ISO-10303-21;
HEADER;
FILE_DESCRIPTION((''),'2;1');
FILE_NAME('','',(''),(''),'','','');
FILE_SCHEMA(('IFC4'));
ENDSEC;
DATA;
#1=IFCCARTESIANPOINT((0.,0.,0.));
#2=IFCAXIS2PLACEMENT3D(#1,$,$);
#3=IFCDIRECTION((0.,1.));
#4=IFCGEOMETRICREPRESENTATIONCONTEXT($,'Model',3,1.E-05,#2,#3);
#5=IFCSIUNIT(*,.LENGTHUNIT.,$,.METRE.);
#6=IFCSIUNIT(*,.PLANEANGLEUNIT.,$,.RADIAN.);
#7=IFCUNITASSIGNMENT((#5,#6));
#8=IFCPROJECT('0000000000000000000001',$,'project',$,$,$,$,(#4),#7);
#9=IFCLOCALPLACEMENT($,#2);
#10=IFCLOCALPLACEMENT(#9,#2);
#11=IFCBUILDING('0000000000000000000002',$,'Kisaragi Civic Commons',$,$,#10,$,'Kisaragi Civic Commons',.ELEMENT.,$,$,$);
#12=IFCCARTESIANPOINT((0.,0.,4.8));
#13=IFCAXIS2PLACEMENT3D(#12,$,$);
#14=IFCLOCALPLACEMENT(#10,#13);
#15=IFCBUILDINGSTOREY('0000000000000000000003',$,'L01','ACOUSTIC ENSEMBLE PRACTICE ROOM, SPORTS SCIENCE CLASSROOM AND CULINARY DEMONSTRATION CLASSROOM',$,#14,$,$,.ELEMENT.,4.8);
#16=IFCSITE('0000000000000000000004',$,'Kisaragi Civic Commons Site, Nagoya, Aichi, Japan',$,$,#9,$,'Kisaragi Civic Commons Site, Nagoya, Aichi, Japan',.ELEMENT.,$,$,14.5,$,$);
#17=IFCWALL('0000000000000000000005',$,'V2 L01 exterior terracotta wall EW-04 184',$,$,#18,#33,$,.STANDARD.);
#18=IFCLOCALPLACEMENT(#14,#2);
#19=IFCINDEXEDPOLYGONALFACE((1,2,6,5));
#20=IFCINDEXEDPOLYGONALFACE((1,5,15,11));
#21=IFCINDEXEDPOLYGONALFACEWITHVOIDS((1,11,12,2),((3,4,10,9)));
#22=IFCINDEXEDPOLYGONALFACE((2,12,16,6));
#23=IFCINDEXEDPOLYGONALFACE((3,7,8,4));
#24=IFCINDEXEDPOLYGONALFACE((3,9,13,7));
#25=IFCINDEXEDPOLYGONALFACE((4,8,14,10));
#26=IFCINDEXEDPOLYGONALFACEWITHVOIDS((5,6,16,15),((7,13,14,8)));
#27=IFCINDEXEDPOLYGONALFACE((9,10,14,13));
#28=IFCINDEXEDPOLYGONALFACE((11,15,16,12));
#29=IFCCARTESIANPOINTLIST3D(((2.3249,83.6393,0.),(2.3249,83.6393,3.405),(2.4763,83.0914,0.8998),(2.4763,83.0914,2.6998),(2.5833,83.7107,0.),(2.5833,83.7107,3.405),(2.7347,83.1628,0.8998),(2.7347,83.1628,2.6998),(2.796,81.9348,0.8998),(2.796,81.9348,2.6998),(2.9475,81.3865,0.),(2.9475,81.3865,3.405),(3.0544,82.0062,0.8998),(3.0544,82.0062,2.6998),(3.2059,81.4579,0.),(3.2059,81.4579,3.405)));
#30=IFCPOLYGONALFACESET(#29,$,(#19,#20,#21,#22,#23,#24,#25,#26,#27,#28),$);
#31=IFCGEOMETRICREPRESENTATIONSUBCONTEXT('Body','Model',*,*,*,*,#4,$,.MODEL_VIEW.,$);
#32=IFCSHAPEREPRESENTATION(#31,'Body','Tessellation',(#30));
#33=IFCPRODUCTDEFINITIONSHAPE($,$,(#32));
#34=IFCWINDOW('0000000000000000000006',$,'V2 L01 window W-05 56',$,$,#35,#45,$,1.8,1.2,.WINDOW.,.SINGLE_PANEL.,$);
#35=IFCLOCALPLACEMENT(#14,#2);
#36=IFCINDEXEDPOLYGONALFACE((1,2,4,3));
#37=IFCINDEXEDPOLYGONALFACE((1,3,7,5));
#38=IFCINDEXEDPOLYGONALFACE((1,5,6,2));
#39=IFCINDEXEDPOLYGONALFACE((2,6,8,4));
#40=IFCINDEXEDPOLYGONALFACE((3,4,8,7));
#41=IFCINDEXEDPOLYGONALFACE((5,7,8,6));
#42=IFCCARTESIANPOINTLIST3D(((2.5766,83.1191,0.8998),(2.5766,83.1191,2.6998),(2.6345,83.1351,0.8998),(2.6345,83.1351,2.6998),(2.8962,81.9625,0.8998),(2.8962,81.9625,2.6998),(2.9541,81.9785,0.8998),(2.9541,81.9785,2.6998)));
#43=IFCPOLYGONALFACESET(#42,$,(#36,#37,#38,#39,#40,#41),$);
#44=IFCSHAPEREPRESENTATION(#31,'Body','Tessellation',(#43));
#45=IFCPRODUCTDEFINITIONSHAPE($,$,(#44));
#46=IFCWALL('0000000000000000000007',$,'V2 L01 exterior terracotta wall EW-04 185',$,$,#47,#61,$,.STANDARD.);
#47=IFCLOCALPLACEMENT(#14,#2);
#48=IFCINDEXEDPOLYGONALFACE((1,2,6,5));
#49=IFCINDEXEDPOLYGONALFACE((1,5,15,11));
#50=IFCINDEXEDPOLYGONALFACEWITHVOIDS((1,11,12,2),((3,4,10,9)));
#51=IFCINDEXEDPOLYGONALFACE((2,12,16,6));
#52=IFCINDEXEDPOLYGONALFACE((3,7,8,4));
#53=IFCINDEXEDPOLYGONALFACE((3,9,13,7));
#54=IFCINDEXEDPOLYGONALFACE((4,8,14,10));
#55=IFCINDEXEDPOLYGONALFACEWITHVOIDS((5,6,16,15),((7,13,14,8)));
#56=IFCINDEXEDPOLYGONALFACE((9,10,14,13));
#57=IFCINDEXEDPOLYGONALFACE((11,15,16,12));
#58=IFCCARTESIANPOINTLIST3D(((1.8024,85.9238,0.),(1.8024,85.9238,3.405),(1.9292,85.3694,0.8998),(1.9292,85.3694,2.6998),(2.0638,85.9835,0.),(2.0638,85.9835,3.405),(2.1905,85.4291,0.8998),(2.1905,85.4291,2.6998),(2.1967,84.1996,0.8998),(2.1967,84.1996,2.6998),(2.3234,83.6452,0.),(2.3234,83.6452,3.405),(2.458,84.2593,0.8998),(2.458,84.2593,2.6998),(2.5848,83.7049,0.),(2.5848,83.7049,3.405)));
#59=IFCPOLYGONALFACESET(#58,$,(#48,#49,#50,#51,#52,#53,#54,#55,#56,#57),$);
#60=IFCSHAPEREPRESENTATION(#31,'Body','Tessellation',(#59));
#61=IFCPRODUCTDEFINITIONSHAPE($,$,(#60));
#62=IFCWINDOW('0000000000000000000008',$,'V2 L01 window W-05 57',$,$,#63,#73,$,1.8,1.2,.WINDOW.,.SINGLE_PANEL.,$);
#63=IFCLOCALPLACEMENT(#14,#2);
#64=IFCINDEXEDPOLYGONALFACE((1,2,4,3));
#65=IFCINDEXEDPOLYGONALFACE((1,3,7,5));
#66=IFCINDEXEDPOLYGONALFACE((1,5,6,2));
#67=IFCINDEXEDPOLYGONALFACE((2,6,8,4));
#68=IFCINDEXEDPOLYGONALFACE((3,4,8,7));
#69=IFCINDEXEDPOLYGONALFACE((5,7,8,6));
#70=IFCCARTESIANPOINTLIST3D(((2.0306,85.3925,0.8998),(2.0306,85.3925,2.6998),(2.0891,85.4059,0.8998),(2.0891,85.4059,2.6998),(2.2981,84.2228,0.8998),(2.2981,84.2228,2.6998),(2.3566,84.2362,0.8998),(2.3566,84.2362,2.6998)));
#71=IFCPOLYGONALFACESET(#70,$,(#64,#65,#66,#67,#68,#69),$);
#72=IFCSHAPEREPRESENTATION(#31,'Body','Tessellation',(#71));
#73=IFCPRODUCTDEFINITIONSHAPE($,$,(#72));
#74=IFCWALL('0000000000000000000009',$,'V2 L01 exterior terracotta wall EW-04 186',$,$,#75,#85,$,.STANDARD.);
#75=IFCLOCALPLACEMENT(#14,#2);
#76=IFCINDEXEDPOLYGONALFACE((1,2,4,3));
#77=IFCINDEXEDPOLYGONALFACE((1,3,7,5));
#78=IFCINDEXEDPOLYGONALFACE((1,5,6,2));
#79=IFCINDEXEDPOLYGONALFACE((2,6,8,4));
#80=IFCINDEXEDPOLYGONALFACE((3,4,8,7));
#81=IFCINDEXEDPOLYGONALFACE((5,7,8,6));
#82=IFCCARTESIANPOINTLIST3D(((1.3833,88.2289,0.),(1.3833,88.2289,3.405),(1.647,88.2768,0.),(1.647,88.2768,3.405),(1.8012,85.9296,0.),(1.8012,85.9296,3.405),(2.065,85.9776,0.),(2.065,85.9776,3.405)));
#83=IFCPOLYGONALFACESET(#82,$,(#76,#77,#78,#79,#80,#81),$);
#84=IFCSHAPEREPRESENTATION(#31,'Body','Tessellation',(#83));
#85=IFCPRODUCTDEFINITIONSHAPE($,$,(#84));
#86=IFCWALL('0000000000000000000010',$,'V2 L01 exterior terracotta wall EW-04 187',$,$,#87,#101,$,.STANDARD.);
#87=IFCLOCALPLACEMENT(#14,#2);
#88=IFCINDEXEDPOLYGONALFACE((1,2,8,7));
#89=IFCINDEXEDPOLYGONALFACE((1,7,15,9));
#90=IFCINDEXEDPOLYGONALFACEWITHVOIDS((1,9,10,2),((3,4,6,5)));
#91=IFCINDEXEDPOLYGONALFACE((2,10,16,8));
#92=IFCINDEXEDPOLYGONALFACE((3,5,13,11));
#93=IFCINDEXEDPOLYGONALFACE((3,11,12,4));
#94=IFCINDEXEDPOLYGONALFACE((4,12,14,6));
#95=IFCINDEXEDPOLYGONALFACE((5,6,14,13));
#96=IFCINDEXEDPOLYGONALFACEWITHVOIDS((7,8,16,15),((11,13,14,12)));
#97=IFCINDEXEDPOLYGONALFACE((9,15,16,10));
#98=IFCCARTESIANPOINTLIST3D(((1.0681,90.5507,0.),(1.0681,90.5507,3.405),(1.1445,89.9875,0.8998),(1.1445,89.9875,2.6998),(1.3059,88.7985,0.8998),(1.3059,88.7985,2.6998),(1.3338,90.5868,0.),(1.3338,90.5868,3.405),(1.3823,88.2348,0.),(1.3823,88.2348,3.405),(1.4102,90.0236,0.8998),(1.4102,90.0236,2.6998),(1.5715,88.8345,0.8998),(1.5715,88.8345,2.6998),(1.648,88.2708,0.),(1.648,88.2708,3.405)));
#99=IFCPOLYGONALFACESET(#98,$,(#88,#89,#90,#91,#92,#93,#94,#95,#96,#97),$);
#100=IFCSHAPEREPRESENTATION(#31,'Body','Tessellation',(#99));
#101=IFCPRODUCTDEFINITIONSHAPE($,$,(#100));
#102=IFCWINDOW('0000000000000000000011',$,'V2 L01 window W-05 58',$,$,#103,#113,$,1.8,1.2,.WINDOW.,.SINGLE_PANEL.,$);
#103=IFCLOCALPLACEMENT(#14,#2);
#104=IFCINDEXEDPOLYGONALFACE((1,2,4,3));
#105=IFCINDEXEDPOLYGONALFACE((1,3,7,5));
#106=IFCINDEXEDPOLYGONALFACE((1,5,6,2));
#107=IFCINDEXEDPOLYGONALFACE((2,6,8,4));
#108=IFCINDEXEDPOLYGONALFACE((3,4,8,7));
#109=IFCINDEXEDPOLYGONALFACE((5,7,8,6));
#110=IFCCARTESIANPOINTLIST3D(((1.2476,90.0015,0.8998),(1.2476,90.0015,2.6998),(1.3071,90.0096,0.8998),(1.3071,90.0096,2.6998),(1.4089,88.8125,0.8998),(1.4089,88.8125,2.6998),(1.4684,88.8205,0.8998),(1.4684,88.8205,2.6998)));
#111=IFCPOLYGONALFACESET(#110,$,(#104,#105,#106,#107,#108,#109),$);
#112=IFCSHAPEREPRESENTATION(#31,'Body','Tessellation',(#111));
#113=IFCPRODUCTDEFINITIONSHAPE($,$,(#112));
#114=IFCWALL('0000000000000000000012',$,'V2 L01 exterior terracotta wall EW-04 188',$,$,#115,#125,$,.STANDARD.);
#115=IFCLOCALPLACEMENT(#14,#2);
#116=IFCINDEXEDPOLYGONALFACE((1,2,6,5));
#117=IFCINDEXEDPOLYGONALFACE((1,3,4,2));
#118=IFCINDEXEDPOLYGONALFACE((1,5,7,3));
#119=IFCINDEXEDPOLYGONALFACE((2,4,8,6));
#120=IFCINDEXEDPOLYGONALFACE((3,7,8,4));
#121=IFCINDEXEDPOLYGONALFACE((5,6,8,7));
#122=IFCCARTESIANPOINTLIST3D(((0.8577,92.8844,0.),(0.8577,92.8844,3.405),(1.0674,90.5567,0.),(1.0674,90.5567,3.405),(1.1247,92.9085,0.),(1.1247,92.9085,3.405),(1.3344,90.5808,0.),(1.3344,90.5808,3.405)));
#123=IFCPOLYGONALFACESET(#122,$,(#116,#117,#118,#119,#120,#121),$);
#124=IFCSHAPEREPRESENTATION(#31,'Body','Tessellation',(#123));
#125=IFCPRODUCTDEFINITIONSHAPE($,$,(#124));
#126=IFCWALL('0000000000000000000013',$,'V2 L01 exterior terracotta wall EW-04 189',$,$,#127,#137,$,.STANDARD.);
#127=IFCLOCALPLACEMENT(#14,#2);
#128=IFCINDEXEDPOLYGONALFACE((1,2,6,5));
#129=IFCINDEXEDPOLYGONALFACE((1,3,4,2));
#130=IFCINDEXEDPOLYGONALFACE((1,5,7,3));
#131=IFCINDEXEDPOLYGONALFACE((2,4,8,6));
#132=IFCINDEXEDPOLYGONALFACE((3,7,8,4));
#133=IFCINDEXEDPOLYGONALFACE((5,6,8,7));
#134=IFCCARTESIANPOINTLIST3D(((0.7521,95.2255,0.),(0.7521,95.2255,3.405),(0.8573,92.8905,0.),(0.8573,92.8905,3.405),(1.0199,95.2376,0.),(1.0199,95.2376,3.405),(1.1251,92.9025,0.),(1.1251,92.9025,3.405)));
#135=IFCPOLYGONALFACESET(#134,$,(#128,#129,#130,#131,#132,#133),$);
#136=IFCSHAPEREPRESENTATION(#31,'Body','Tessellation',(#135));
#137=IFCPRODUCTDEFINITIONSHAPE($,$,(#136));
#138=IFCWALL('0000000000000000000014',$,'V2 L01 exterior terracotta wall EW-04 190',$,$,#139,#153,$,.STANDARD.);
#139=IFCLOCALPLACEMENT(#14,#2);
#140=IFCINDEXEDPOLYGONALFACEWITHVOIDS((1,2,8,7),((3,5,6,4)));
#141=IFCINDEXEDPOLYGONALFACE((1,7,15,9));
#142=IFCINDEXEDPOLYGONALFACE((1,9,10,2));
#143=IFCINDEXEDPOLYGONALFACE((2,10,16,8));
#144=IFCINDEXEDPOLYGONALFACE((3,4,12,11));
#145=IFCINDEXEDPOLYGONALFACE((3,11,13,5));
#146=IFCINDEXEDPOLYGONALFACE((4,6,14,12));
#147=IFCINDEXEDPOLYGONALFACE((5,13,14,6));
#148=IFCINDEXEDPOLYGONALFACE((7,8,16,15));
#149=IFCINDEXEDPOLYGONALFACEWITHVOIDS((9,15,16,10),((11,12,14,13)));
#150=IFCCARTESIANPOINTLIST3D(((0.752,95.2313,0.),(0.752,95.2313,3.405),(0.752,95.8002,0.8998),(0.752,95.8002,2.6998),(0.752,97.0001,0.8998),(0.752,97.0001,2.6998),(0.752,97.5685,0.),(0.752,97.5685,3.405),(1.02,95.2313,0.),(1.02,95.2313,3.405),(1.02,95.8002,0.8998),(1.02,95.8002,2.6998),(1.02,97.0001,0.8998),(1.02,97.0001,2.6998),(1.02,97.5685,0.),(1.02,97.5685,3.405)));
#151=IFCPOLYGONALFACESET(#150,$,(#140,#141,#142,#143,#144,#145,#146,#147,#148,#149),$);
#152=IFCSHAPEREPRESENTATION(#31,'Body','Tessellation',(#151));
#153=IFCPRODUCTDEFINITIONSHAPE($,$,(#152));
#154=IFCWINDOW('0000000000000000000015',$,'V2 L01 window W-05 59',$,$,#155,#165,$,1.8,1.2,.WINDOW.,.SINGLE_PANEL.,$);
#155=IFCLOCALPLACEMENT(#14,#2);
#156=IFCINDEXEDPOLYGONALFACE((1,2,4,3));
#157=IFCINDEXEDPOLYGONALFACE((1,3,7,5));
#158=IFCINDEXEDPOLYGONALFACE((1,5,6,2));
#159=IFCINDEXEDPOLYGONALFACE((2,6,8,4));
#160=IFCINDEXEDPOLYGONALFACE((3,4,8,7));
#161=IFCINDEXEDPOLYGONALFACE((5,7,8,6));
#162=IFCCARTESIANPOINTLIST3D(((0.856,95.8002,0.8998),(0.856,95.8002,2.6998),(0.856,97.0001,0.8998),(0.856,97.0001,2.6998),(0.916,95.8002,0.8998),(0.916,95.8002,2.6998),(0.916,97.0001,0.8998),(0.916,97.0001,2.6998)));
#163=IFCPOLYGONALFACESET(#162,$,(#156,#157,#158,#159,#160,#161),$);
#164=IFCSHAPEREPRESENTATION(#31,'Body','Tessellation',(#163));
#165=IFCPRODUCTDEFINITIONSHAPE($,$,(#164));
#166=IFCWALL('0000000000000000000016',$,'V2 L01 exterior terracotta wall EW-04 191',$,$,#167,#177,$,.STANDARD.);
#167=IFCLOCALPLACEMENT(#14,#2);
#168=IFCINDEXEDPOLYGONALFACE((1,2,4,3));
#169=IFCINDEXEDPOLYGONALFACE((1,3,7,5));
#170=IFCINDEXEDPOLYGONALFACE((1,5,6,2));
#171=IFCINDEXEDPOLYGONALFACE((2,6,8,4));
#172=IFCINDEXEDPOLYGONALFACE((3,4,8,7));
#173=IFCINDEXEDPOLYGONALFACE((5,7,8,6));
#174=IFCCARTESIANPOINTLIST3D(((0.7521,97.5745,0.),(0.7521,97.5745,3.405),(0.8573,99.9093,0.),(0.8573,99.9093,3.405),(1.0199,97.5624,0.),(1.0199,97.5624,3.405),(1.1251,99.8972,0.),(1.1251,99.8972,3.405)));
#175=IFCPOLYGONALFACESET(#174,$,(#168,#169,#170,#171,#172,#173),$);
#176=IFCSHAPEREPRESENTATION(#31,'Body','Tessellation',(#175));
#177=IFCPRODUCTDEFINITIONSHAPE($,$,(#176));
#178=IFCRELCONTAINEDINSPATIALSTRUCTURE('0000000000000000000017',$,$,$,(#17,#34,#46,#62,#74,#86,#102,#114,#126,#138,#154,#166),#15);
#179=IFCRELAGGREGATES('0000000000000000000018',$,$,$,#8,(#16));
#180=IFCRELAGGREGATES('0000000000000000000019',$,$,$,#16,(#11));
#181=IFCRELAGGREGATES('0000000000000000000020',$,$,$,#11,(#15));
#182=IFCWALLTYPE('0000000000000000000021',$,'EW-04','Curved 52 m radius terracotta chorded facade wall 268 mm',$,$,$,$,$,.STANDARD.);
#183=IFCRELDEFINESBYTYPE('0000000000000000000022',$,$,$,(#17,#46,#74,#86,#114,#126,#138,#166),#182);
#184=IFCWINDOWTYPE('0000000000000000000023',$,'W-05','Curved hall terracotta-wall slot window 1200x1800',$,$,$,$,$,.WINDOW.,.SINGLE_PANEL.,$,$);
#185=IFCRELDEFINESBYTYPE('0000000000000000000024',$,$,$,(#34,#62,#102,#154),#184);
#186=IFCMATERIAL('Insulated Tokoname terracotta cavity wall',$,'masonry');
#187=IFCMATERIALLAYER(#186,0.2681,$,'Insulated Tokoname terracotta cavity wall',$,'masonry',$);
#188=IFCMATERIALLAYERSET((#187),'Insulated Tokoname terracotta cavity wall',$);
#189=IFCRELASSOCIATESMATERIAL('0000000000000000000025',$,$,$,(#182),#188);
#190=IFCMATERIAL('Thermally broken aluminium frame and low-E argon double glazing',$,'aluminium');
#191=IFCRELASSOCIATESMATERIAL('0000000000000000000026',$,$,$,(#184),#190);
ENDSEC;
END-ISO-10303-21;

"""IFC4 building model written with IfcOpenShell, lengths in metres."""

from ifc_helpers import new_model, si_unit, direction, frame, frame_2d, origin, place, context, subcontext, project, spatial, rectangle, extrude, material, layer, layer_set, type_object, element, fill, save


model = new_model("IFC4")

# Units and contexts
model_context = context("Model", 3, precision=1e-05, world=origin(), true_north=direction((0.0, 1.0)))
body_context = subcontext(model_context, "Body", "Model", "MODEL_VIEW")
ifc_project = project(units=[si_unit("LENGTHUNIT", "METRE"), si_unit("PLANEANGLEUNIT", "RADIAN")], contexts=[model_context])

# Site, building, storey
site_placement = place(None, origin())
site = spatial("IfcSite", under=ifc_project, at=site_placement, Name="Kisaragi Civic Commons Site, Nagoya, Aichi, Japan", LongName="Kisaragi Civic Commons Site, Nagoya, Aichi, Japan", CompositionType="ELEMENT", RefElevation=14.5)
building_placement = place(site_placement, origin())
building = spatial("IfcBuilding", under=site, at=building_placement, Name="Kisaragi Civic Commons", LongName="Kisaragi Civic Commons", CompositionType="ELEMENT")
storey_placement = place(building_placement, frame((0.0, 0.0, 4.8)))
storey = spatial("IfcBuildingStorey", under=building, at=storey_placement, Name="L01", Description="ACOUSTIC ENSEMBLE PRACTICE ROOM, SPORTS SCIENCE CLASSROOM AND CULINARY DEMONSTRATION CLASSROOM", CompositionType="ELEMENT", Elevation=4.8)

# Walls, openings, windows
ifc_material_1 = material(Name="Insulated Tokoname terracotta cavity wall", Category="masonry")
ifc_layer_1 = layer(ifc_material_1, 0.2681, Name="Insulated Tokoname terracotta cavity wall", Category="masonry")
ifc_layer_set_1 = layer_set([ifc_layer_1], Name="Insulated Tokoname terracotta cavity wall")
wall_type_1 = type_object("IfcWallType", Name="EW-04", Description="Curved 52 m radius terracotta chorded facade wall 268 mm", PredefinedType="STANDARD", material=ifc_layer_set_1)
wall_1_placement = place(storey_placement, frame((3.0767, 81.4224, 0.0), z_axis=(0.0, 0.0, 1.0), x_axis=(-0.266378, 0.963869, 0.0)))
wall_1 = element("IfcWall", 1, at=wall_1_placement, inside=storey, type_object=wall_type_1, Name="V2 L01 exterior terracotta wall EW-04 184", PredefinedType="STANDARD", context=body_context, shape_type="SweptSolid", body=[
    extrude(rectangle(XDim=2.3372, YDim=0.2681, at=frame_2d((1.1685, 0.0))), origin(), (0.0, 0.0, 1.0), 3.405),
])
opening_1_placement = place(wall_1_placement, frame((0.5686, 0.0, 0.8999)))
opening_1 = element("IfcOpeningElement", 2, at=opening_1_placement, cuts=wall_1, PredefinedType="OPENING", context=body_context, shape_type="SweptSolid", body=[
    extrude(rectangle(XDim=1.2, YDim=1.8, at=frame_2d((0.6001, 0.8999))), frame((0.0, 0.144, 0.0), z_axis=(0.0, -1.0, 0.0), x_axis=(1.0, 0.0, 0.0)), (0.0, 0.0, 1.0), 0.2881),
])
ifc_material_2 = material(Name="Thermally broken aluminium frame and low-E argon double glazing", Category="aluminium")
window_type = type_object("IfcWindowType", Name="W-05", Description="Curved hall terracotta-wall slot window 1200x1800", PartitioningType="SINGLE_PANEL", PredefinedType="WINDOW", material=ifc_material_2)
window_1_placement = place(opening_1_placement, origin())
window_1 = element("IfcWindow", 3, at=window_1_placement, inside=storey, type_object=window_type, Name="V2 L01 window W-05 56", OverallHeight=1.8, OverallWidth=1.2, PartitioningType="SINGLE_PANEL", PredefinedType="WINDOW", context=body_context, shape_type="SweptSolid", body=[
    extrude(rectangle(XDim=1.2, YDim=1.8, at=frame_2d((0.6001, 0.8999))), frame((0.0, 0.03, 0.0), z_axis=(0.0, -1.0, 0.0), x_axis=(1.0, 0.0, 0.0)), (0.0, 0.0, 1.0), 0.0601),
])
fill(opening_1, window_1)
wall_2_placement = place(storey_placement, frame((2.4541, 83.675, 0.0), z_axis=(0.0, 0.0, 1.0), x_axis=(-0.222899, 0.974842, 0.0)))
wall_2 = element("IfcWall", 4, at=wall_2_placement, inside=storey, type_object=wall_type_1, Name="V2 L01 exterior terracotta wall EW-04 185", PredefinedType="STANDARD", context=body_context, shape_type="SweptSolid", body=[
    extrude(rectangle(XDim=2.3374, YDim=0.2681, at=frame_2d((1.1687, 0.0))), origin(), (0.0, 0.0, 1.0), 3.405),
])
opening_2_placement = place(wall_2_placement, frame((0.5686, 0.0, 0.8999)))
opening_2 = element("IfcOpeningElement", 5, at=opening_2_placement, cuts=wall_2, PredefinedType="OPENING", context=body_context, shape_type="SweptSolid", body=[
    extrude(rectangle(XDim=1.2, YDim=1.8, at=frame_2d((0.6001, 0.8999))), frame((0.0, 0.144, 0.0), z_axis=(0.0, -1.0, 0.0), x_axis=(1.0, 0.0, 0.0)), (0.0, 0.0, 1.0), 0.2881),
])
window_2_placement = place(opening_2_placement, origin())
window_2 = element("IfcWindow", 6, at=window_2_placement, inside=storey, type_object=window_type, Name="V2 L01 window W-05 57", OverallHeight=1.8, OverallWidth=1.2, PartitioningType="SINGLE_PANEL", PredefinedType="WINDOW", context=body_context, shape_type="SweptSolid", body=[
    extrude(rectangle(XDim=1.2, YDim=1.8, at=frame_2d((0.6001, 0.8999))), frame((0.0, 0.03, 0.0), z_axis=(0.0, -1.0, 0.0), x_axis=(1.0, 0.0, 0.0)), (0.0, 0.0, 1.0), 0.0601),
])
fill(opening_2, window_2)

# Wall
wall_3_placement = place(storey_placement, frame((1.9331, 85.9536, 0.0), z_axis=(0.0, 0.0, 1.0), x_axis=(-0.178849, 0.983877, 0.0)))
element("IfcWall", 7, at=wall_3_placement, inside=storey, type_object=wall_type_1, Name="V2 L01 exterior terracotta wall EW-04 186", PredefinedType="STANDARD", context=body_context, shape_type="SweptSolid", body=[
    extrude(rectangle(XDim=2.3369, YDim=0.2681, at=frame_2d((1.1685, 0.0))), origin(), (0.0, 0.0, 1.0), 3.405),
])

# Wall, opening, window
wall_4_placement = place(storey_placement, frame((1.5151, 88.2529, 0.0), z_axis=(0.0, 0.0, 1.0), x_axis=(-0.134442, 0.990921, 0.0)))
wall_4 = element("IfcWall", 8, at=wall_4_placement, inside=storey, type_object=wall_type_1, Name="V2 L01 exterior terracotta wall EW-04 187", PredefinedType="STANDARD", context=body_context, shape_type="SweptSolid", body=[
    extrude(rectangle(XDim=2.3372, YDim=0.2681, at=frame_2d((1.1685, 0.0))), origin(), (0.0, 0.0, 1.0), 3.405),
])
opening_3_placement = place(wall_4_placement, frame((0.5686, 0.0, 0.8999)))
opening_3 = element("IfcOpeningElement", 9, at=opening_3_placement, cuts=wall_4, PredefinedType="OPENING", context=body_context, shape_type="SweptSolid", body=[
    extrude(rectangle(XDim=1.2, YDim=1.8, at=frame_2d((0.6001, 0.8999))), frame((0.0, 0.144, 0.0), z_axis=(0.0, -1.0, 0.0), x_axis=(1.0, 0.0, 0.0)), (0.0, 0.0, 1.0), 0.2881),
])
window_3_placement = place(opening_3_placement, origin())
window_3 = element("IfcWindow", 10, at=window_3_placement, inside=storey, type_object=window_type, Name="V2 L01 window W-05 58", OverallHeight=1.8, OverallWidth=1.2, PartitioningType="SINGLE_PANEL", PredefinedType="WINDOW", context=body_context, shape_type="SweptSolid", body=[
    extrude(rectangle(XDim=1.2, YDim=1.8, at=frame_2d((0.6001, 0.8999))), frame((0.0, 0.03, 0.0), z_axis=(0.0, -1.0, 0.0), x_axis=(1.0, 0.0, 0.0)), (0.0, 0.0, 1.0), 0.0601),
])
fill(opening_3, window_3)

# Walls
wall_5_placement = place(storey_placement, frame((1.2009, 90.5688, 0.0), z_axis=(0.0, 0.0, 1.0), x_axis=(-0.089735, 0.995966, 0.0)))
element("IfcWall", 11, at=wall_5_placement, inside=storey, type_object=wall_type_1, Name="V2 L01 exterior terracotta wall EW-04 188", PredefinedType="STANDARD", context=body_context, shape_type="SweptSolid", body=[
    extrude(rectangle(XDim=2.3372, YDim=0.2681, at=frame_2d((1.1685, 0.0))), origin(), (0.0, 0.0, 1.0), 3.405),
])
wall_6_placement = place(storey_placement, frame((0.9912, 92.8965, 0.0), z_axis=(0.0, 0.0, 1.0), x_axis=(-0.045019, 0.998986, 0.0)))
element("IfcWall", 12, at=wall_6_placement, inside=storey, type_object=wall_type_1, Name="V2 L01 exterior terracotta wall EW-04 189", PredefinedType="STANDARD", context=body_context, shape_type="SweptSolid", body=[
    extrude(rectangle(XDim=2.3374, YDim=0.2681, at=frame_2d((1.1687, 0.0))), origin(), (0.0, 0.0, 1.0), 3.405),
])

# Wall, opening, window
wall_7_placement = place(storey_placement, frame((0.886, 95.2314, 0.0), z_axis=(0.0, 0.0, 1.0), x_axis=(0.0, 1.0, 0.0)))
wall_7 = element("IfcWall", 13, at=wall_7_placement, inside=storey, type_object=wall_type_1, Name="V2 L01 exterior terracotta wall EW-04 190", PredefinedType="STANDARD", context=body_context, shape_type="SweptSolid", body=[
    extrude(rectangle(XDim=2.3372, YDim=0.2681, at=frame_2d((1.1685, 0.0))), origin(), (0.0, 0.0, 1.0), 3.405),
])
opening_4_placement = place(wall_7_placement, frame((0.5686, 0.0, 0.8999)))
opening_4 = element("IfcOpeningElement", 14, at=opening_4_placement, cuts=wall_7, PredefinedType="OPENING", context=body_context, shape_type="SweptSolid", body=[
    extrude(rectangle(XDim=1.2, YDim=1.8, at=frame_2d((0.6001, 0.8999))), frame((0.0, 0.144, 0.0), z_axis=(0.0, -1.0, 0.0), x_axis=(1.0, 0.0, 0.0)), (0.0, 0.0, 1.0), 0.2881),
])
window_4_placement = place(opening_4_placement, origin())
window_4 = element("IfcWindow", 15, at=window_4_placement, inside=storey, type_object=window_type, Name="V2 L01 window W-05 59", OverallHeight=1.8, OverallWidth=1.2, PartitioningType="SINGLE_PANEL", PredefinedType="WINDOW", context=body_context, shape_type="SweptSolid", body=[
    extrude(rectangle(XDim=1.2, YDim=1.8, at=frame_2d((0.6001, 0.8999))), frame((0.0, 0.03, 0.0), z_axis=(0.0, -1.0, 0.0), x_axis=(1.0, 0.0, 0.0)), (0.0, 0.0, 1.0), 0.0601),
])
fill(opening_4, window_4)

# Wall
wall_8_placement = place(storey_placement, frame((0.886, 97.5686, 0.0), z_axis=(0.0, 0.0, 1.0), x_axis=(0.045024, 0.998986, 0.0)))
element("IfcWall", 16, at=wall_8_placement, inside=storey, type_object=wall_type_1, Name="V2 L01 exterior terracotta wall EW-04 191", PredefinedType="STANDARD", context=body_context, shape_type="SweptSolid", body=[
    extrude(rectangle(XDim=2.3372, YDim=0.2681, at=frame_2d((1.1685, 0.0))), origin(), (0.0, 0.0, 1.0), 3.405),
])

save(model, "model.ifc")
